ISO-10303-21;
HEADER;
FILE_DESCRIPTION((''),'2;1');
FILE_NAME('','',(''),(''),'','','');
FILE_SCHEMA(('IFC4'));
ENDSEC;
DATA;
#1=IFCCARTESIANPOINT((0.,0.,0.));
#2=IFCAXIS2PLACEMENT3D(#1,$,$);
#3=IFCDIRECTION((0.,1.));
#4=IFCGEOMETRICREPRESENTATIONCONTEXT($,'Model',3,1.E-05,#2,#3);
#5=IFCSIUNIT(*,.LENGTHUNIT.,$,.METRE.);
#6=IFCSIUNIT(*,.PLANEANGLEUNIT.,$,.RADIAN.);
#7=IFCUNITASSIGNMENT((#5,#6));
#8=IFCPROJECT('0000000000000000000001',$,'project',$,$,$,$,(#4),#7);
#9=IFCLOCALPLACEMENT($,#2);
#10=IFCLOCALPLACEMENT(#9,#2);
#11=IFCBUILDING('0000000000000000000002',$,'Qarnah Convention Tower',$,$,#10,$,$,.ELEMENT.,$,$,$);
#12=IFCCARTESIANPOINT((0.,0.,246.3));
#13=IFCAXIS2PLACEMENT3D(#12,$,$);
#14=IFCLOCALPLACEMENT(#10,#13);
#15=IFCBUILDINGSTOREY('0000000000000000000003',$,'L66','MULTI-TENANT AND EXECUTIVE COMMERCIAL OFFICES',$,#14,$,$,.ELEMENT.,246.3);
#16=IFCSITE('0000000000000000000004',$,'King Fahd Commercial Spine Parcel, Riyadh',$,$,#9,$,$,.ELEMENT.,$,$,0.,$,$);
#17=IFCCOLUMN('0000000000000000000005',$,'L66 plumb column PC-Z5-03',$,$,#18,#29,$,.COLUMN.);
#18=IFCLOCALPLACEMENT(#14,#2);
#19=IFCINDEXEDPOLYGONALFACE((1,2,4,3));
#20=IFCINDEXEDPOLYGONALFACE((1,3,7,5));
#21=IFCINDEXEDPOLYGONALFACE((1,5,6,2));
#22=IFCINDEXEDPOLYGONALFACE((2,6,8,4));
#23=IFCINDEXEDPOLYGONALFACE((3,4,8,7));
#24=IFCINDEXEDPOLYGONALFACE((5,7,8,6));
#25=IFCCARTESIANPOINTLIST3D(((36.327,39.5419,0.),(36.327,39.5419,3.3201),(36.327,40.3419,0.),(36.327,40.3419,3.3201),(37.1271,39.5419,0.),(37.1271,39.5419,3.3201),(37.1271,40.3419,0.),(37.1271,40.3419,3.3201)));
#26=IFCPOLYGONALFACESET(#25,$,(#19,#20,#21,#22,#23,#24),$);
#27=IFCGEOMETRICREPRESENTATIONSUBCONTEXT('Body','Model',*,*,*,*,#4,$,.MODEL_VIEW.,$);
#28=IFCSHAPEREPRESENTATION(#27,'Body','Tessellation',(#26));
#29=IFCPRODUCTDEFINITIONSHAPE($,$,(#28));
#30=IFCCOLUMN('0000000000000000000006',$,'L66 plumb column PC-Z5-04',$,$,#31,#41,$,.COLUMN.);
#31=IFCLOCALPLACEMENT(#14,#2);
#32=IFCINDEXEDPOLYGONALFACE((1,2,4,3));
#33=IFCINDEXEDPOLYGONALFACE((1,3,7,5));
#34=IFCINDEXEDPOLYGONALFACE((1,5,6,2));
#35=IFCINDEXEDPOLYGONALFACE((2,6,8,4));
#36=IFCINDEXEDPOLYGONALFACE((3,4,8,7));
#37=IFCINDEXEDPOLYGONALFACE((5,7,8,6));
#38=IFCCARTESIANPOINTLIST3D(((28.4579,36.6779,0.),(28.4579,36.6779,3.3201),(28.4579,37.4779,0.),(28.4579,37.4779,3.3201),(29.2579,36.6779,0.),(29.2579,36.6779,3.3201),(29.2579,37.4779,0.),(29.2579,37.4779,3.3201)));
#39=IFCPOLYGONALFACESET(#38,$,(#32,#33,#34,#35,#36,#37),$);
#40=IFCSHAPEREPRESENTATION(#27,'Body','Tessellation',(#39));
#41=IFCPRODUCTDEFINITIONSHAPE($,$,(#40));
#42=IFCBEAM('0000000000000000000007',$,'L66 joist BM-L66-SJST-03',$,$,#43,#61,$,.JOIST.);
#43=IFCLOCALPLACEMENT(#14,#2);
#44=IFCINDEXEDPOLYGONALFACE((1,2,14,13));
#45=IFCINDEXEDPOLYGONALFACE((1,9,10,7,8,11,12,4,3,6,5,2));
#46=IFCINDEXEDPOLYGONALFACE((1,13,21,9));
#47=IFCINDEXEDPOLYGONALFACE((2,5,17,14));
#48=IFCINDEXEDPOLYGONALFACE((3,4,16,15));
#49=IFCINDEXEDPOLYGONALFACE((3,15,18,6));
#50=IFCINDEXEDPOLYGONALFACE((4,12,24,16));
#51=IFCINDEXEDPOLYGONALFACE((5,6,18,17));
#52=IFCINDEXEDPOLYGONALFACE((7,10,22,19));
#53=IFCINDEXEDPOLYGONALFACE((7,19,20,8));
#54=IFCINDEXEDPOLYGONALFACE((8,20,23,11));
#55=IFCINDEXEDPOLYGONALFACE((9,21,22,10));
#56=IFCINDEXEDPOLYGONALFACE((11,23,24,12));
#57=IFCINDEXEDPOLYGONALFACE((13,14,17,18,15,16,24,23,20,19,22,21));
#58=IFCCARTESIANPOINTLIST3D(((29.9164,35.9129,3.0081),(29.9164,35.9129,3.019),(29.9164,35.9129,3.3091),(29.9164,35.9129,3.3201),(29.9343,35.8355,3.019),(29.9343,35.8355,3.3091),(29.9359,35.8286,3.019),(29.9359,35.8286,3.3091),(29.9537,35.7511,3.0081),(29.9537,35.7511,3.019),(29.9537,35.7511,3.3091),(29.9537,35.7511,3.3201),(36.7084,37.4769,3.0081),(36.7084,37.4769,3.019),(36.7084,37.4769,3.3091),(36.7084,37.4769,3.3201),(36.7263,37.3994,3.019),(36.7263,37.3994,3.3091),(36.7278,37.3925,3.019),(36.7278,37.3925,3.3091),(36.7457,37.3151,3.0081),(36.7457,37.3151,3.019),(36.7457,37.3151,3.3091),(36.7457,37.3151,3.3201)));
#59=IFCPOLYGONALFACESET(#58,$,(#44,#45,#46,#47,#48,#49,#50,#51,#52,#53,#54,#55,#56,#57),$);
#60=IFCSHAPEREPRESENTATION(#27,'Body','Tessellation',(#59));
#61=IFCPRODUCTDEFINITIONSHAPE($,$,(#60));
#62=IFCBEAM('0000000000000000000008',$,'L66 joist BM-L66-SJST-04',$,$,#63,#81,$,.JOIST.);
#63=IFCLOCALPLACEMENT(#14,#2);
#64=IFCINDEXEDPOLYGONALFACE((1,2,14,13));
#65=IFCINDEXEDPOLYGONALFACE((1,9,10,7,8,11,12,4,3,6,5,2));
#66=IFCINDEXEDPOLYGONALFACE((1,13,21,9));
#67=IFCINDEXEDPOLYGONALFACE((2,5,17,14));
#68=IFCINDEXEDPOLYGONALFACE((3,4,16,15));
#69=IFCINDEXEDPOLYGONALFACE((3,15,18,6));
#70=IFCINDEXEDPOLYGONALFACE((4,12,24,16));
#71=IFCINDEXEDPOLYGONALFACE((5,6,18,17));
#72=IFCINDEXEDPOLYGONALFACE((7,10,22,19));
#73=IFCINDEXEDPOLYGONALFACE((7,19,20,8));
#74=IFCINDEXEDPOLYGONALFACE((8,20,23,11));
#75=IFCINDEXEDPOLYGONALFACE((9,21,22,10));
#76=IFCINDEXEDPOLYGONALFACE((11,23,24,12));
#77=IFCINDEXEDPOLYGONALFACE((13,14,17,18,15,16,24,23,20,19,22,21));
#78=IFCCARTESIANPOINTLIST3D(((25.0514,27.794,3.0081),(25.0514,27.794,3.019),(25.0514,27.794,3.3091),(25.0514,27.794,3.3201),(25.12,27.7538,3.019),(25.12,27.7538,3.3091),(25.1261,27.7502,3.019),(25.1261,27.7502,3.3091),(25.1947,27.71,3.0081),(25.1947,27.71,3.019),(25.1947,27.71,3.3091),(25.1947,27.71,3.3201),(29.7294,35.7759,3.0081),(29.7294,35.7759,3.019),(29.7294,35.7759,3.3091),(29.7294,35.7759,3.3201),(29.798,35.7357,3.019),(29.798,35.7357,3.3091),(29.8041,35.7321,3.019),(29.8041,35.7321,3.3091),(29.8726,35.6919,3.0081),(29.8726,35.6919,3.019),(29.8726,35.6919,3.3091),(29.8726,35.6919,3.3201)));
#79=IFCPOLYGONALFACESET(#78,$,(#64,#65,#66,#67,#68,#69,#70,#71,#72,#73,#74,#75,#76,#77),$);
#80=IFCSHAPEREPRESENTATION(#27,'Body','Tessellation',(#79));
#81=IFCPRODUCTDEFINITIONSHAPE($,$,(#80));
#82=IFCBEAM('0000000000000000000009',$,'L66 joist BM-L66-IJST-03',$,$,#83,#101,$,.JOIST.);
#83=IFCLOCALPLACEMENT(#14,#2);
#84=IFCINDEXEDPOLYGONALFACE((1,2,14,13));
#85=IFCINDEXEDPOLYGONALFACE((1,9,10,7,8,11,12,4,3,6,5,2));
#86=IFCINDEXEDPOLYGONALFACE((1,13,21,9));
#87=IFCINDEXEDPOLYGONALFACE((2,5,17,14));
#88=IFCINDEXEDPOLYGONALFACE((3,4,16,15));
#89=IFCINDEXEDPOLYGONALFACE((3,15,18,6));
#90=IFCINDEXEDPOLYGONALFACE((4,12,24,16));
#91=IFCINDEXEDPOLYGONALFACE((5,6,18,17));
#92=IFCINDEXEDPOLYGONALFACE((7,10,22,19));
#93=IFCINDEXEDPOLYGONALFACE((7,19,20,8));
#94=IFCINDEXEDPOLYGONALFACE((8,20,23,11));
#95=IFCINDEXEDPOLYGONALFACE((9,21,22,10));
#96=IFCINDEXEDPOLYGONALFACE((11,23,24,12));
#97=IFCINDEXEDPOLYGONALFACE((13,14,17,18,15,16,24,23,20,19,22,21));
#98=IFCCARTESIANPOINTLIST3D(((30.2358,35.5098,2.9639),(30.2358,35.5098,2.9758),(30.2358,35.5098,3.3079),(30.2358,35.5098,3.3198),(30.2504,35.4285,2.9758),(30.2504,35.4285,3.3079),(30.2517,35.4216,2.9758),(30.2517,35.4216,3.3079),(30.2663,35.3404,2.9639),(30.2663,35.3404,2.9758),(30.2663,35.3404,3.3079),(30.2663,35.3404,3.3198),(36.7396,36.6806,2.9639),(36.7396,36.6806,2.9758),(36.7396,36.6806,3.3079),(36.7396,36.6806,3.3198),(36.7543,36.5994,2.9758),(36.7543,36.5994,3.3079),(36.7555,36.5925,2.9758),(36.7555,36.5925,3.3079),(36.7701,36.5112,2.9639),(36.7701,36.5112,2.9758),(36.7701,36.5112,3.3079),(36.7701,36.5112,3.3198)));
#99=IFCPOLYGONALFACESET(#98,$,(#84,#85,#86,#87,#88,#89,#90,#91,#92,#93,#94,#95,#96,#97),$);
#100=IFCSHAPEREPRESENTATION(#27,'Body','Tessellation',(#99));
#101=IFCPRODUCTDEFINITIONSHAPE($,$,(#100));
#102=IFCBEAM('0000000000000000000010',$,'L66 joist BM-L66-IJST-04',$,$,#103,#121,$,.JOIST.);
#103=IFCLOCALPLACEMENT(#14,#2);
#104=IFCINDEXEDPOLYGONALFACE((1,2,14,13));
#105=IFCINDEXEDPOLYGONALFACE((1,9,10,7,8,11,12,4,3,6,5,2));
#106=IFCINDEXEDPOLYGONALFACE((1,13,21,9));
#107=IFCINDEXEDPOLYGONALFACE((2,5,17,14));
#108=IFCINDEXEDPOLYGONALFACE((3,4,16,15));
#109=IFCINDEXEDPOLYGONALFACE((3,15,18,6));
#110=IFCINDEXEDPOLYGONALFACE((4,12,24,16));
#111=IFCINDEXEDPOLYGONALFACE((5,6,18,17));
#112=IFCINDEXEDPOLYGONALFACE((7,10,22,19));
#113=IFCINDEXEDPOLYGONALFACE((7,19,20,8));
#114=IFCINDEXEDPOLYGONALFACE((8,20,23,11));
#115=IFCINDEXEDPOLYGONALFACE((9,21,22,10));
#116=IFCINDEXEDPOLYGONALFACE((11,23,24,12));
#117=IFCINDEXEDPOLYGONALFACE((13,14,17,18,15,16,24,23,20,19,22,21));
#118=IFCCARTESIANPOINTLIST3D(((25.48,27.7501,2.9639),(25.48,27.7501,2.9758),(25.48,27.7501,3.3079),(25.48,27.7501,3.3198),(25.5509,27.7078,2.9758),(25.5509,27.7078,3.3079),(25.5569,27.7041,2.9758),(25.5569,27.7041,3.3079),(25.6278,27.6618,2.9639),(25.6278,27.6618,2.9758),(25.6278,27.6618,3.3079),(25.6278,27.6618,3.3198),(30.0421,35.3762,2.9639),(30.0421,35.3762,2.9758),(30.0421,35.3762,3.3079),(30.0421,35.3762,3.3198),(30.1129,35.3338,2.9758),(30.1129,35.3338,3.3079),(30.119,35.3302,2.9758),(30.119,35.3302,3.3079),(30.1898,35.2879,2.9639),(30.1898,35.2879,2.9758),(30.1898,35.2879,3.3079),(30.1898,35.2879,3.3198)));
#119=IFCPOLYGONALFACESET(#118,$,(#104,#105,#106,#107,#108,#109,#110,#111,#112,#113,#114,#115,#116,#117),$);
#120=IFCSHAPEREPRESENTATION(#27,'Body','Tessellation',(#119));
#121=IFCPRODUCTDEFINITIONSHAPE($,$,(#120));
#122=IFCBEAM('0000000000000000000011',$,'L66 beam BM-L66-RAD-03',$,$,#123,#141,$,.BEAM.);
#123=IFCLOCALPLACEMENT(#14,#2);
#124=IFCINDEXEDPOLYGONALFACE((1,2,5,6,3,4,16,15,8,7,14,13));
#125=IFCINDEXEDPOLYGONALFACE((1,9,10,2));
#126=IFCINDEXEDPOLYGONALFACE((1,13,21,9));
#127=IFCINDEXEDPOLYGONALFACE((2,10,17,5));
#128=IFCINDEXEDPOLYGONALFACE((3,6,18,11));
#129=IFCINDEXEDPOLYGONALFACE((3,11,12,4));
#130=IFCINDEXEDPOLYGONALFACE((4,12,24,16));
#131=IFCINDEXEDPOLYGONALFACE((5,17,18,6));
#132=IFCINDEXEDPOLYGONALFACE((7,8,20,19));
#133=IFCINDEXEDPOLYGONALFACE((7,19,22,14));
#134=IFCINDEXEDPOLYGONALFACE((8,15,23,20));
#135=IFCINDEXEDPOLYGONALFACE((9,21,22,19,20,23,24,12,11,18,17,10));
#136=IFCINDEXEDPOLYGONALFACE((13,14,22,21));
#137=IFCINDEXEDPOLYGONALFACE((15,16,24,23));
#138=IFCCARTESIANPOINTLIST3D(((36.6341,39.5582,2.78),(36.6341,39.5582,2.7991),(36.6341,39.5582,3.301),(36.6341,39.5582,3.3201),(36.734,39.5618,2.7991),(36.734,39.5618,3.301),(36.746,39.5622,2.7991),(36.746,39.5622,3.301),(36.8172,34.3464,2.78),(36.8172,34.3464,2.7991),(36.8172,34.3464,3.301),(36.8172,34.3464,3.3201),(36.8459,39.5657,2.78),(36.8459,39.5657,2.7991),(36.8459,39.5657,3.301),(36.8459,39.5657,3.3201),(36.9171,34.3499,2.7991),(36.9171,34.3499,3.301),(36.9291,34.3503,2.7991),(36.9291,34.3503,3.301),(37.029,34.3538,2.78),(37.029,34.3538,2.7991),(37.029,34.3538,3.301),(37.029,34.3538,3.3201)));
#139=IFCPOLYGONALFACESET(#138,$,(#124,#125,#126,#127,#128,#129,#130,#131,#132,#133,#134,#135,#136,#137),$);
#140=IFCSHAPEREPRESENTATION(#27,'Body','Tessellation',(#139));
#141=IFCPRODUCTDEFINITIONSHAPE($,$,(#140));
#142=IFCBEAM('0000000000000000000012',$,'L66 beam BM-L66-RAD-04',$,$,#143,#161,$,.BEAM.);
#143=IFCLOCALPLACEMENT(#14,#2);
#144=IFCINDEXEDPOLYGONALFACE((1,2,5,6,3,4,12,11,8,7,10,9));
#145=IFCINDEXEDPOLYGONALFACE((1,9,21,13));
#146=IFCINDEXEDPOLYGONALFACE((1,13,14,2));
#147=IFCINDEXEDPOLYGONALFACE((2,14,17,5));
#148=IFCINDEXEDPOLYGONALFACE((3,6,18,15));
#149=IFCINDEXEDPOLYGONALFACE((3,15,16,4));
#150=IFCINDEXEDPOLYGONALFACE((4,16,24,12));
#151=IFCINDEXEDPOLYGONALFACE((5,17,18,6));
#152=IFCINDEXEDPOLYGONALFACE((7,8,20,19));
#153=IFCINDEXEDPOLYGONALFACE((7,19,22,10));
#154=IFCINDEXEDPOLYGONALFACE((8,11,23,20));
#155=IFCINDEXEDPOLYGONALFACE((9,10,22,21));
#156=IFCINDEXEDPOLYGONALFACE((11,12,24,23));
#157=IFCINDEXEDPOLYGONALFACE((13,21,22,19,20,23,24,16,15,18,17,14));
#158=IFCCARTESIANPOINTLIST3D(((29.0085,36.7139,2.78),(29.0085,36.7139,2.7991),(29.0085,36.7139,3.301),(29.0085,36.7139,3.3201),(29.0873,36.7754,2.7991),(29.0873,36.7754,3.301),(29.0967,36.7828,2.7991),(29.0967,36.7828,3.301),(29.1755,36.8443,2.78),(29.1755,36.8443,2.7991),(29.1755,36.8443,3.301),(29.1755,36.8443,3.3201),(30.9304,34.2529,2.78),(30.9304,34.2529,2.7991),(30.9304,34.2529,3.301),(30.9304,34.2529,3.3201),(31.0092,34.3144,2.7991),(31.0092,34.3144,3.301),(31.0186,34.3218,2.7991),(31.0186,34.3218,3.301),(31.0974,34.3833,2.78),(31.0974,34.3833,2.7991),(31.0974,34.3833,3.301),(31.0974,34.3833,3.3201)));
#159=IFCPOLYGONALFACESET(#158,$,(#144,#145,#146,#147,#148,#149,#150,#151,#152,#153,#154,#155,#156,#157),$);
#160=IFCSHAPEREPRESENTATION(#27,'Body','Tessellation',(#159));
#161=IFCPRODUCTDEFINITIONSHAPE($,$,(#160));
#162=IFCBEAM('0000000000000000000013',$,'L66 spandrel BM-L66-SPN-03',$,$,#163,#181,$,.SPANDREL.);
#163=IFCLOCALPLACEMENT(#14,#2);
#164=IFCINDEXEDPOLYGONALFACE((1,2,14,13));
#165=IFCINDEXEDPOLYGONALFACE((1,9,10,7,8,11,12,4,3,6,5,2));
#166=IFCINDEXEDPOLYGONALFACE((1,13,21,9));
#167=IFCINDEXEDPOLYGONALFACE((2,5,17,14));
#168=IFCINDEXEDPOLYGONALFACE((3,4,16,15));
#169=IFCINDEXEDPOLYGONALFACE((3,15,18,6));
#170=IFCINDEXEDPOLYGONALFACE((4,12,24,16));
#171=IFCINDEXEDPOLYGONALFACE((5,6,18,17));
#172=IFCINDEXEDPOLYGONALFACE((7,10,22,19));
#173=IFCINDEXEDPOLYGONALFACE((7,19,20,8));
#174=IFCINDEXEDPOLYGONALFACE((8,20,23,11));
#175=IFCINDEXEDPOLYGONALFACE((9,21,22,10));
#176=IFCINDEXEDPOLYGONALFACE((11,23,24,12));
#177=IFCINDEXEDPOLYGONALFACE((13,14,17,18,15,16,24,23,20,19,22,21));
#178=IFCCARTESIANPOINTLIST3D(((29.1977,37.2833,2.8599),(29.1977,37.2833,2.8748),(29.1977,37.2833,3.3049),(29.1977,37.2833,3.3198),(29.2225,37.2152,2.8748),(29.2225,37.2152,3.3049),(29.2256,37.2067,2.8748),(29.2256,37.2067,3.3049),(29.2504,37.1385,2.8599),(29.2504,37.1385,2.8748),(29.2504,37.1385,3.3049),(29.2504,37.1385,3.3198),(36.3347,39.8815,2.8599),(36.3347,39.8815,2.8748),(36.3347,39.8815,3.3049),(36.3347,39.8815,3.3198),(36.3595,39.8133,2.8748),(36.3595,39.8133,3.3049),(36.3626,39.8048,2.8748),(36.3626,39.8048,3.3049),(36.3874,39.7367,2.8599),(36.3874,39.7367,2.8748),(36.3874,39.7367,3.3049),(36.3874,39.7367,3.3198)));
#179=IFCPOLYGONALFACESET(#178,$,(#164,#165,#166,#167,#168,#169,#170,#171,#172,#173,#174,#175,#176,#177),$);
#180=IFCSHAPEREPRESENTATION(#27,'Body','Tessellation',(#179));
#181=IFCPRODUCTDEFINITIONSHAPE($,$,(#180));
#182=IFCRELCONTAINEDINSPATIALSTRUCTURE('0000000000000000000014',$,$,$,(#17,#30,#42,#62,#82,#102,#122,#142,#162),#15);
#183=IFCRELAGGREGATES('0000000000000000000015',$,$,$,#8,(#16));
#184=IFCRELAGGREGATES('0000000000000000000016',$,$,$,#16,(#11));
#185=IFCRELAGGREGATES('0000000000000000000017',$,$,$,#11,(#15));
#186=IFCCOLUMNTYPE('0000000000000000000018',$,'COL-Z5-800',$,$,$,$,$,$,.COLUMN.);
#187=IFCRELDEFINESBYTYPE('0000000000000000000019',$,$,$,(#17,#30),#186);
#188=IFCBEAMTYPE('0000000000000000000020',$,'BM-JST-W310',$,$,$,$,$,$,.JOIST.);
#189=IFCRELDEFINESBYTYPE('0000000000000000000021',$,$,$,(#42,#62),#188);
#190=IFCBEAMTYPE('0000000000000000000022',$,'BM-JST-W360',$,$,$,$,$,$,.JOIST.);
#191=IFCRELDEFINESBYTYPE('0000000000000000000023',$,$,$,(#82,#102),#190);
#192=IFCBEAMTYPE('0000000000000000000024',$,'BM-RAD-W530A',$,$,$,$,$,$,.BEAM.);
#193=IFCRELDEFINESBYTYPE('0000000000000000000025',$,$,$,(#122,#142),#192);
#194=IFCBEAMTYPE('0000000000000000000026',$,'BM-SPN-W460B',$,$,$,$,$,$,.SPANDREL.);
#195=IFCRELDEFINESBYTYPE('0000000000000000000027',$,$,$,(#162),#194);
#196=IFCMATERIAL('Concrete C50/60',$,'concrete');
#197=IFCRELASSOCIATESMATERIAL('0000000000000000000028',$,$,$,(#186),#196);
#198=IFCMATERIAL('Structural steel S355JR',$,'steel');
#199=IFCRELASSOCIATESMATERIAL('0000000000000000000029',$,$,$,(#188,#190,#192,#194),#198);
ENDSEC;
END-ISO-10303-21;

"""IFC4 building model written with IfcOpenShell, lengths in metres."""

from ifc_helpers import new_model, si_unit, direction, frame, origin, origin_2d, place, context, subcontext, project, spatial, rectangle, i_section, extrude, material, material_profile, profile_set, type_object, element, save


model = new_model("IFC4")

# Units and contexts
model_context = context("Model", 3, precision=1e-05, world=origin(), true_north=direction((0.0, 1.0)))
body_context = subcontext(model_context, "Body", "Model", "MODEL_VIEW")
ifc_project = project(units=[si_unit("LENGTHUNIT", "METRE"), si_unit("PLANEANGLEUNIT", "RADIAN")], contexts=[model_context])

# Site, building, storey
site_placement = place(None, origin())
site = spatial("IfcSite", under=ifc_project, at=site_placement, Name="King Fahd Commercial Spine Parcel, Riyadh", CompositionType="ELEMENT", RefElevation=0.0)
building_placement = place(site_placement, origin())
building = spatial("IfcBuilding", under=site, at=building_placement, Name="Qarnah Convention Tower", CompositionType="ELEMENT")
storey_placement = place(building_placement, frame((0.0, 0.0, 246.3)))
storey = spatial("IfcBuildingStorey", under=building, at=storey_placement, Name="L66", Description="MULTI-TENANT AND EXECUTIVE COMMERCIAL OFFICES", CompositionType="ELEMENT", Elevation=246.3)

# Columns
ifc_material_1 = material(Name="Concrete C50/60", Category="concrete")
ifc_material_profile_1 = material_profile(ifc_material_1, rectangle(XDim=0.8, YDim=0.8, at=origin_2d()), Name="RC-COL-800X800")
ifc_profile_set_1 = profile_set([ifc_material_profile_1], Name="Concrete C50/60")
column_type = type_object("IfcColumnType", Name="COL-Z5-800", PredefinedType="COLUMN", material=ifc_profile_set_1)
for number, where, z_axis, x_axis, name in (
    (1, (36.7271, 39.9419, 0.0), (0.0, 0.0, 1.0), (1.0, 0.0, 0.0), "L66 plumb column PC-Z5-03"),
    (2, (28.8579, 37.0779, 0.0), (0.0, 0.0, 1.0), (1.0, 0.0, 0.0), "L66 plumb column PC-Z5-04"),
):
    element("IfcColumn", number, at=place(storey_placement, frame(where, z_axis=z_axis, x_axis=x_axis)), inside=storey, type_object=column_type, Name=name, PredefinedType="COLUMN", context=body_context, shape_type="SweptSolid", body=[
        extrude(rectangle(XDim=0.8, YDim=0.8, at=origin_2d()), origin(), (0.0, 0.0, 1.0), 3.3201),
    ])

# Beams
ifc_material_2 = material(Name="Structural steel S355JR", Category="steel")
ifc_material_profile_2 = material_profile(ifc_material_2, i_section(OverallWidth=0.166, OverallDepth=0.312, WebThickness=0.0071, FlangeThickness=0.011, at=origin_2d()), Name="W310X45")
ifc_profile_set_2 = profile_set([ifc_material_profile_2], Name="Structural steel S355JR")
beam_type_1 = type_object("IfcBeamType", Name="BM-JST-W310", PredefinedType="JOIST", material=ifc_profile_set_2)
beam_1_placement = place(storey_placement, frame((36.7271, 37.396, 3.1641), z_axis=(-0.974499, -0.224394, 0.0), x_axis=(0.224394, -0.974499, 0.0)))
element("IfcBeam", 3, at=beam_1_placement, inside=storey, type_object=beam_type_1, Name="L66 joist BM-L66-SJST-03", PredefinedType="JOIST", context=body_context, shape_type="SweptSolid", body=[
    extrude(i_section(OverallWidth=0.166, OverallDepth=0.312, WebThickness=0.0071, FlangeThickness=0.011, at=origin_2d()), origin(), (0.0, 0.0, 1.0), 6.9697),
])
beam_2_placement = place(storey_placement, frame((29.801, 35.7339, 3.1641), z_axis=(-0.505632, -0.862749, 0.0), x_axis=(0.862749, -0.505632, 0.0)))
element("IfcBeam", 4, at=beam_2_placement, inside=storey, type_object=beam_type_1, Name="L66 joist BM-L66-SJST-04", PredefinedType="JOIST", context=body_context, shape_type="SweptSolid", body=[
    extrude(i_section(OverallWidth=0.166, OverallDepth=0.312, WebThickness=0.0071, FlangeThickness=0.011, at=origin_2d()), origin(), (0.0, 0.0, 1.0), 9.2517),
])
ifc_material_profile_3 = material_profile(ifc_material_2, i_section(OverallWidth=0.1721, OverallDepth=0.356, WebThickness=0.0071, FlangeThickness=0.012, at=origin_2d()), Name="W360X51")
ifc_profile_set_3 = profile_set([ifc_material_profile_3], Name="Structural steel S355JR")
beam_type_2 = type_object("IfcBeamType", Name="BM-JST-W360", PredefinedType="JOIST", material=ifc_profile_set_3)
beam_3_placement = place(storey_placement, frame((36.7549, 36.5959, 3.1418), z_axis=(-0.984178, -0.177182, 0.0), x_axis=(0.177182, -0.984178, 0.0)))
element("IfcBeam", 5, at=beam_3_placement, inside=storey, type_object=beam_type_2, Name="L66 joist BM-L66-IJST-03", PredefinedType="JOIST", context=body_context, shape_type="SweptSolid", body=[
    extrude(i_section(OverallWidth=0.1721, OverallDepth=0.356, WebThickness=0.0071, FlangeThickness=0.012, at=origin_2d()), origin(), (0.0, 0.0, 1.0), 6.6084),
])
beam_4_placement = place(storey_placement, frame((30.116, 35.332, 3.1418), z_axis=(-0.513372, -0.858166, 0.0), x_axis=(0.858166, -0.513372, 0.0)))
element("IfcBeam", 6, at=beam_4_placement, inside=storey, type_object=beam_type_2, Name="L66 joist BM-L66-IJST-04", PredefinedType="JOIST", context=body_context, shape_type="SweptSolid", body=[
    extrude(i_section(OverallWidth=0.1721, OverallDepth=0.356, WebThickness=0.0071, FlangeThickness=0.012, at=origin_2d()), origin(), (0.0, 0.0, 1.0), 8.8865),
])
ifc_material_profile_4 = material_profile(ifc_material_2, i_section(OverallWidth=0.2119, OverallDepth=0.54, WebThickness=0.012, FlangeThickness=0.019, at=origin_2d()), Name="W530X109")
ifc_profile_set_4 = profile_set([ifc_material_profile_4], Name="Structural steel S355JR")
beam_type_3 = type_object("IfcBeamType", Name="BM-RAD-W530A", PredefinedType="BEAM", material=ifc_profile_set_4)
beam_5_placement = place(storey_placement, frame((36.9231, 34.3501, 3.05), z_axis=(-0.03511, 0.999383, 0.0), x_axis=(-0.999383, -0.03511, 0.0)))
element("IfcBeam", 7, at=beam_5_placement, inside=storey, type_object=beam_type_3, Name="L66 beam BM-L66-RAD-03", PredefinedType="BEAM", context=body_context, shape_type="SweptSolid", body=[
    extrude(i_section(OverallWidth=0.2119, OverallDepth=0.54, WebThickness=0.012, FlangeThickness=0.019, at=origin_2d()), origin(), (0.0, 0.0, 1.0), 5.2151),
])
beam_6_placement = place(storey_placement, frame((31.0139, 34.3181, 3.05), z_axis=(-0.615498, 0.788138, 0.0), x_axis=(-0.788138, -0.615498, 0.0)))
element("IfcBeam", 8, at=beam_6_placement, inside=storey, type_object=beam_type_3, Name="L66 beam BM-L66-RAD-04", PredefinedType="BEAM", context=body_context, shape_type="SweptSolid", body=[
    extrude(i_section(OverallWidth=0.2119, OverallDepth=0.54, WebThickness=0.012, FlangeThickness=0.019, at=origin_2d()), origin(), (0.0, 0.0, 1.0), 3.1226),
])
ifc_material_profile_5 = material_profile(ifc_material_2, i_section(OverallWidth=0.1541, OverallDepth=0.46, WebThickness=0.009, FlangeThickness=0.0149, at=origin_2d()), Name="W460X68")
ifc_profile_set_5 = profile_set([ifc_material_profile_5], Name="Structural steel S355JR")
beam_type_4 = type_object("IfcBeamType", Name="BM-SPN-W460B", PredefinedType="SPANDREL", material=ifc_profile_set_5)
beam_7_placement = place(storey_placement, frame((36.3611, 39.8091, 3.0898), z_axis=(-0.939671, -0.342079, 0.0), x_axis=(0.342079, -0.939671, 0.0)))
element("IfcBeam", 9, at=beam_7_placement, inside=storey, type_object=beam_type_4, Name="L66 spandrel BM-L66-SPN-03", PredefinedType="SPANDREL", context=body_context, shape_type="SweptSolid", body=[
    extrude(i_section(OverallWidth=0.1541, OverallDepth=0.46, WebThickness=0.009, FlangeThickness=0.0149, at=origin_2d()), origin(), (0.0, 0.0, 1.0), 7.5952),
])

save(model, "model.ifc")
